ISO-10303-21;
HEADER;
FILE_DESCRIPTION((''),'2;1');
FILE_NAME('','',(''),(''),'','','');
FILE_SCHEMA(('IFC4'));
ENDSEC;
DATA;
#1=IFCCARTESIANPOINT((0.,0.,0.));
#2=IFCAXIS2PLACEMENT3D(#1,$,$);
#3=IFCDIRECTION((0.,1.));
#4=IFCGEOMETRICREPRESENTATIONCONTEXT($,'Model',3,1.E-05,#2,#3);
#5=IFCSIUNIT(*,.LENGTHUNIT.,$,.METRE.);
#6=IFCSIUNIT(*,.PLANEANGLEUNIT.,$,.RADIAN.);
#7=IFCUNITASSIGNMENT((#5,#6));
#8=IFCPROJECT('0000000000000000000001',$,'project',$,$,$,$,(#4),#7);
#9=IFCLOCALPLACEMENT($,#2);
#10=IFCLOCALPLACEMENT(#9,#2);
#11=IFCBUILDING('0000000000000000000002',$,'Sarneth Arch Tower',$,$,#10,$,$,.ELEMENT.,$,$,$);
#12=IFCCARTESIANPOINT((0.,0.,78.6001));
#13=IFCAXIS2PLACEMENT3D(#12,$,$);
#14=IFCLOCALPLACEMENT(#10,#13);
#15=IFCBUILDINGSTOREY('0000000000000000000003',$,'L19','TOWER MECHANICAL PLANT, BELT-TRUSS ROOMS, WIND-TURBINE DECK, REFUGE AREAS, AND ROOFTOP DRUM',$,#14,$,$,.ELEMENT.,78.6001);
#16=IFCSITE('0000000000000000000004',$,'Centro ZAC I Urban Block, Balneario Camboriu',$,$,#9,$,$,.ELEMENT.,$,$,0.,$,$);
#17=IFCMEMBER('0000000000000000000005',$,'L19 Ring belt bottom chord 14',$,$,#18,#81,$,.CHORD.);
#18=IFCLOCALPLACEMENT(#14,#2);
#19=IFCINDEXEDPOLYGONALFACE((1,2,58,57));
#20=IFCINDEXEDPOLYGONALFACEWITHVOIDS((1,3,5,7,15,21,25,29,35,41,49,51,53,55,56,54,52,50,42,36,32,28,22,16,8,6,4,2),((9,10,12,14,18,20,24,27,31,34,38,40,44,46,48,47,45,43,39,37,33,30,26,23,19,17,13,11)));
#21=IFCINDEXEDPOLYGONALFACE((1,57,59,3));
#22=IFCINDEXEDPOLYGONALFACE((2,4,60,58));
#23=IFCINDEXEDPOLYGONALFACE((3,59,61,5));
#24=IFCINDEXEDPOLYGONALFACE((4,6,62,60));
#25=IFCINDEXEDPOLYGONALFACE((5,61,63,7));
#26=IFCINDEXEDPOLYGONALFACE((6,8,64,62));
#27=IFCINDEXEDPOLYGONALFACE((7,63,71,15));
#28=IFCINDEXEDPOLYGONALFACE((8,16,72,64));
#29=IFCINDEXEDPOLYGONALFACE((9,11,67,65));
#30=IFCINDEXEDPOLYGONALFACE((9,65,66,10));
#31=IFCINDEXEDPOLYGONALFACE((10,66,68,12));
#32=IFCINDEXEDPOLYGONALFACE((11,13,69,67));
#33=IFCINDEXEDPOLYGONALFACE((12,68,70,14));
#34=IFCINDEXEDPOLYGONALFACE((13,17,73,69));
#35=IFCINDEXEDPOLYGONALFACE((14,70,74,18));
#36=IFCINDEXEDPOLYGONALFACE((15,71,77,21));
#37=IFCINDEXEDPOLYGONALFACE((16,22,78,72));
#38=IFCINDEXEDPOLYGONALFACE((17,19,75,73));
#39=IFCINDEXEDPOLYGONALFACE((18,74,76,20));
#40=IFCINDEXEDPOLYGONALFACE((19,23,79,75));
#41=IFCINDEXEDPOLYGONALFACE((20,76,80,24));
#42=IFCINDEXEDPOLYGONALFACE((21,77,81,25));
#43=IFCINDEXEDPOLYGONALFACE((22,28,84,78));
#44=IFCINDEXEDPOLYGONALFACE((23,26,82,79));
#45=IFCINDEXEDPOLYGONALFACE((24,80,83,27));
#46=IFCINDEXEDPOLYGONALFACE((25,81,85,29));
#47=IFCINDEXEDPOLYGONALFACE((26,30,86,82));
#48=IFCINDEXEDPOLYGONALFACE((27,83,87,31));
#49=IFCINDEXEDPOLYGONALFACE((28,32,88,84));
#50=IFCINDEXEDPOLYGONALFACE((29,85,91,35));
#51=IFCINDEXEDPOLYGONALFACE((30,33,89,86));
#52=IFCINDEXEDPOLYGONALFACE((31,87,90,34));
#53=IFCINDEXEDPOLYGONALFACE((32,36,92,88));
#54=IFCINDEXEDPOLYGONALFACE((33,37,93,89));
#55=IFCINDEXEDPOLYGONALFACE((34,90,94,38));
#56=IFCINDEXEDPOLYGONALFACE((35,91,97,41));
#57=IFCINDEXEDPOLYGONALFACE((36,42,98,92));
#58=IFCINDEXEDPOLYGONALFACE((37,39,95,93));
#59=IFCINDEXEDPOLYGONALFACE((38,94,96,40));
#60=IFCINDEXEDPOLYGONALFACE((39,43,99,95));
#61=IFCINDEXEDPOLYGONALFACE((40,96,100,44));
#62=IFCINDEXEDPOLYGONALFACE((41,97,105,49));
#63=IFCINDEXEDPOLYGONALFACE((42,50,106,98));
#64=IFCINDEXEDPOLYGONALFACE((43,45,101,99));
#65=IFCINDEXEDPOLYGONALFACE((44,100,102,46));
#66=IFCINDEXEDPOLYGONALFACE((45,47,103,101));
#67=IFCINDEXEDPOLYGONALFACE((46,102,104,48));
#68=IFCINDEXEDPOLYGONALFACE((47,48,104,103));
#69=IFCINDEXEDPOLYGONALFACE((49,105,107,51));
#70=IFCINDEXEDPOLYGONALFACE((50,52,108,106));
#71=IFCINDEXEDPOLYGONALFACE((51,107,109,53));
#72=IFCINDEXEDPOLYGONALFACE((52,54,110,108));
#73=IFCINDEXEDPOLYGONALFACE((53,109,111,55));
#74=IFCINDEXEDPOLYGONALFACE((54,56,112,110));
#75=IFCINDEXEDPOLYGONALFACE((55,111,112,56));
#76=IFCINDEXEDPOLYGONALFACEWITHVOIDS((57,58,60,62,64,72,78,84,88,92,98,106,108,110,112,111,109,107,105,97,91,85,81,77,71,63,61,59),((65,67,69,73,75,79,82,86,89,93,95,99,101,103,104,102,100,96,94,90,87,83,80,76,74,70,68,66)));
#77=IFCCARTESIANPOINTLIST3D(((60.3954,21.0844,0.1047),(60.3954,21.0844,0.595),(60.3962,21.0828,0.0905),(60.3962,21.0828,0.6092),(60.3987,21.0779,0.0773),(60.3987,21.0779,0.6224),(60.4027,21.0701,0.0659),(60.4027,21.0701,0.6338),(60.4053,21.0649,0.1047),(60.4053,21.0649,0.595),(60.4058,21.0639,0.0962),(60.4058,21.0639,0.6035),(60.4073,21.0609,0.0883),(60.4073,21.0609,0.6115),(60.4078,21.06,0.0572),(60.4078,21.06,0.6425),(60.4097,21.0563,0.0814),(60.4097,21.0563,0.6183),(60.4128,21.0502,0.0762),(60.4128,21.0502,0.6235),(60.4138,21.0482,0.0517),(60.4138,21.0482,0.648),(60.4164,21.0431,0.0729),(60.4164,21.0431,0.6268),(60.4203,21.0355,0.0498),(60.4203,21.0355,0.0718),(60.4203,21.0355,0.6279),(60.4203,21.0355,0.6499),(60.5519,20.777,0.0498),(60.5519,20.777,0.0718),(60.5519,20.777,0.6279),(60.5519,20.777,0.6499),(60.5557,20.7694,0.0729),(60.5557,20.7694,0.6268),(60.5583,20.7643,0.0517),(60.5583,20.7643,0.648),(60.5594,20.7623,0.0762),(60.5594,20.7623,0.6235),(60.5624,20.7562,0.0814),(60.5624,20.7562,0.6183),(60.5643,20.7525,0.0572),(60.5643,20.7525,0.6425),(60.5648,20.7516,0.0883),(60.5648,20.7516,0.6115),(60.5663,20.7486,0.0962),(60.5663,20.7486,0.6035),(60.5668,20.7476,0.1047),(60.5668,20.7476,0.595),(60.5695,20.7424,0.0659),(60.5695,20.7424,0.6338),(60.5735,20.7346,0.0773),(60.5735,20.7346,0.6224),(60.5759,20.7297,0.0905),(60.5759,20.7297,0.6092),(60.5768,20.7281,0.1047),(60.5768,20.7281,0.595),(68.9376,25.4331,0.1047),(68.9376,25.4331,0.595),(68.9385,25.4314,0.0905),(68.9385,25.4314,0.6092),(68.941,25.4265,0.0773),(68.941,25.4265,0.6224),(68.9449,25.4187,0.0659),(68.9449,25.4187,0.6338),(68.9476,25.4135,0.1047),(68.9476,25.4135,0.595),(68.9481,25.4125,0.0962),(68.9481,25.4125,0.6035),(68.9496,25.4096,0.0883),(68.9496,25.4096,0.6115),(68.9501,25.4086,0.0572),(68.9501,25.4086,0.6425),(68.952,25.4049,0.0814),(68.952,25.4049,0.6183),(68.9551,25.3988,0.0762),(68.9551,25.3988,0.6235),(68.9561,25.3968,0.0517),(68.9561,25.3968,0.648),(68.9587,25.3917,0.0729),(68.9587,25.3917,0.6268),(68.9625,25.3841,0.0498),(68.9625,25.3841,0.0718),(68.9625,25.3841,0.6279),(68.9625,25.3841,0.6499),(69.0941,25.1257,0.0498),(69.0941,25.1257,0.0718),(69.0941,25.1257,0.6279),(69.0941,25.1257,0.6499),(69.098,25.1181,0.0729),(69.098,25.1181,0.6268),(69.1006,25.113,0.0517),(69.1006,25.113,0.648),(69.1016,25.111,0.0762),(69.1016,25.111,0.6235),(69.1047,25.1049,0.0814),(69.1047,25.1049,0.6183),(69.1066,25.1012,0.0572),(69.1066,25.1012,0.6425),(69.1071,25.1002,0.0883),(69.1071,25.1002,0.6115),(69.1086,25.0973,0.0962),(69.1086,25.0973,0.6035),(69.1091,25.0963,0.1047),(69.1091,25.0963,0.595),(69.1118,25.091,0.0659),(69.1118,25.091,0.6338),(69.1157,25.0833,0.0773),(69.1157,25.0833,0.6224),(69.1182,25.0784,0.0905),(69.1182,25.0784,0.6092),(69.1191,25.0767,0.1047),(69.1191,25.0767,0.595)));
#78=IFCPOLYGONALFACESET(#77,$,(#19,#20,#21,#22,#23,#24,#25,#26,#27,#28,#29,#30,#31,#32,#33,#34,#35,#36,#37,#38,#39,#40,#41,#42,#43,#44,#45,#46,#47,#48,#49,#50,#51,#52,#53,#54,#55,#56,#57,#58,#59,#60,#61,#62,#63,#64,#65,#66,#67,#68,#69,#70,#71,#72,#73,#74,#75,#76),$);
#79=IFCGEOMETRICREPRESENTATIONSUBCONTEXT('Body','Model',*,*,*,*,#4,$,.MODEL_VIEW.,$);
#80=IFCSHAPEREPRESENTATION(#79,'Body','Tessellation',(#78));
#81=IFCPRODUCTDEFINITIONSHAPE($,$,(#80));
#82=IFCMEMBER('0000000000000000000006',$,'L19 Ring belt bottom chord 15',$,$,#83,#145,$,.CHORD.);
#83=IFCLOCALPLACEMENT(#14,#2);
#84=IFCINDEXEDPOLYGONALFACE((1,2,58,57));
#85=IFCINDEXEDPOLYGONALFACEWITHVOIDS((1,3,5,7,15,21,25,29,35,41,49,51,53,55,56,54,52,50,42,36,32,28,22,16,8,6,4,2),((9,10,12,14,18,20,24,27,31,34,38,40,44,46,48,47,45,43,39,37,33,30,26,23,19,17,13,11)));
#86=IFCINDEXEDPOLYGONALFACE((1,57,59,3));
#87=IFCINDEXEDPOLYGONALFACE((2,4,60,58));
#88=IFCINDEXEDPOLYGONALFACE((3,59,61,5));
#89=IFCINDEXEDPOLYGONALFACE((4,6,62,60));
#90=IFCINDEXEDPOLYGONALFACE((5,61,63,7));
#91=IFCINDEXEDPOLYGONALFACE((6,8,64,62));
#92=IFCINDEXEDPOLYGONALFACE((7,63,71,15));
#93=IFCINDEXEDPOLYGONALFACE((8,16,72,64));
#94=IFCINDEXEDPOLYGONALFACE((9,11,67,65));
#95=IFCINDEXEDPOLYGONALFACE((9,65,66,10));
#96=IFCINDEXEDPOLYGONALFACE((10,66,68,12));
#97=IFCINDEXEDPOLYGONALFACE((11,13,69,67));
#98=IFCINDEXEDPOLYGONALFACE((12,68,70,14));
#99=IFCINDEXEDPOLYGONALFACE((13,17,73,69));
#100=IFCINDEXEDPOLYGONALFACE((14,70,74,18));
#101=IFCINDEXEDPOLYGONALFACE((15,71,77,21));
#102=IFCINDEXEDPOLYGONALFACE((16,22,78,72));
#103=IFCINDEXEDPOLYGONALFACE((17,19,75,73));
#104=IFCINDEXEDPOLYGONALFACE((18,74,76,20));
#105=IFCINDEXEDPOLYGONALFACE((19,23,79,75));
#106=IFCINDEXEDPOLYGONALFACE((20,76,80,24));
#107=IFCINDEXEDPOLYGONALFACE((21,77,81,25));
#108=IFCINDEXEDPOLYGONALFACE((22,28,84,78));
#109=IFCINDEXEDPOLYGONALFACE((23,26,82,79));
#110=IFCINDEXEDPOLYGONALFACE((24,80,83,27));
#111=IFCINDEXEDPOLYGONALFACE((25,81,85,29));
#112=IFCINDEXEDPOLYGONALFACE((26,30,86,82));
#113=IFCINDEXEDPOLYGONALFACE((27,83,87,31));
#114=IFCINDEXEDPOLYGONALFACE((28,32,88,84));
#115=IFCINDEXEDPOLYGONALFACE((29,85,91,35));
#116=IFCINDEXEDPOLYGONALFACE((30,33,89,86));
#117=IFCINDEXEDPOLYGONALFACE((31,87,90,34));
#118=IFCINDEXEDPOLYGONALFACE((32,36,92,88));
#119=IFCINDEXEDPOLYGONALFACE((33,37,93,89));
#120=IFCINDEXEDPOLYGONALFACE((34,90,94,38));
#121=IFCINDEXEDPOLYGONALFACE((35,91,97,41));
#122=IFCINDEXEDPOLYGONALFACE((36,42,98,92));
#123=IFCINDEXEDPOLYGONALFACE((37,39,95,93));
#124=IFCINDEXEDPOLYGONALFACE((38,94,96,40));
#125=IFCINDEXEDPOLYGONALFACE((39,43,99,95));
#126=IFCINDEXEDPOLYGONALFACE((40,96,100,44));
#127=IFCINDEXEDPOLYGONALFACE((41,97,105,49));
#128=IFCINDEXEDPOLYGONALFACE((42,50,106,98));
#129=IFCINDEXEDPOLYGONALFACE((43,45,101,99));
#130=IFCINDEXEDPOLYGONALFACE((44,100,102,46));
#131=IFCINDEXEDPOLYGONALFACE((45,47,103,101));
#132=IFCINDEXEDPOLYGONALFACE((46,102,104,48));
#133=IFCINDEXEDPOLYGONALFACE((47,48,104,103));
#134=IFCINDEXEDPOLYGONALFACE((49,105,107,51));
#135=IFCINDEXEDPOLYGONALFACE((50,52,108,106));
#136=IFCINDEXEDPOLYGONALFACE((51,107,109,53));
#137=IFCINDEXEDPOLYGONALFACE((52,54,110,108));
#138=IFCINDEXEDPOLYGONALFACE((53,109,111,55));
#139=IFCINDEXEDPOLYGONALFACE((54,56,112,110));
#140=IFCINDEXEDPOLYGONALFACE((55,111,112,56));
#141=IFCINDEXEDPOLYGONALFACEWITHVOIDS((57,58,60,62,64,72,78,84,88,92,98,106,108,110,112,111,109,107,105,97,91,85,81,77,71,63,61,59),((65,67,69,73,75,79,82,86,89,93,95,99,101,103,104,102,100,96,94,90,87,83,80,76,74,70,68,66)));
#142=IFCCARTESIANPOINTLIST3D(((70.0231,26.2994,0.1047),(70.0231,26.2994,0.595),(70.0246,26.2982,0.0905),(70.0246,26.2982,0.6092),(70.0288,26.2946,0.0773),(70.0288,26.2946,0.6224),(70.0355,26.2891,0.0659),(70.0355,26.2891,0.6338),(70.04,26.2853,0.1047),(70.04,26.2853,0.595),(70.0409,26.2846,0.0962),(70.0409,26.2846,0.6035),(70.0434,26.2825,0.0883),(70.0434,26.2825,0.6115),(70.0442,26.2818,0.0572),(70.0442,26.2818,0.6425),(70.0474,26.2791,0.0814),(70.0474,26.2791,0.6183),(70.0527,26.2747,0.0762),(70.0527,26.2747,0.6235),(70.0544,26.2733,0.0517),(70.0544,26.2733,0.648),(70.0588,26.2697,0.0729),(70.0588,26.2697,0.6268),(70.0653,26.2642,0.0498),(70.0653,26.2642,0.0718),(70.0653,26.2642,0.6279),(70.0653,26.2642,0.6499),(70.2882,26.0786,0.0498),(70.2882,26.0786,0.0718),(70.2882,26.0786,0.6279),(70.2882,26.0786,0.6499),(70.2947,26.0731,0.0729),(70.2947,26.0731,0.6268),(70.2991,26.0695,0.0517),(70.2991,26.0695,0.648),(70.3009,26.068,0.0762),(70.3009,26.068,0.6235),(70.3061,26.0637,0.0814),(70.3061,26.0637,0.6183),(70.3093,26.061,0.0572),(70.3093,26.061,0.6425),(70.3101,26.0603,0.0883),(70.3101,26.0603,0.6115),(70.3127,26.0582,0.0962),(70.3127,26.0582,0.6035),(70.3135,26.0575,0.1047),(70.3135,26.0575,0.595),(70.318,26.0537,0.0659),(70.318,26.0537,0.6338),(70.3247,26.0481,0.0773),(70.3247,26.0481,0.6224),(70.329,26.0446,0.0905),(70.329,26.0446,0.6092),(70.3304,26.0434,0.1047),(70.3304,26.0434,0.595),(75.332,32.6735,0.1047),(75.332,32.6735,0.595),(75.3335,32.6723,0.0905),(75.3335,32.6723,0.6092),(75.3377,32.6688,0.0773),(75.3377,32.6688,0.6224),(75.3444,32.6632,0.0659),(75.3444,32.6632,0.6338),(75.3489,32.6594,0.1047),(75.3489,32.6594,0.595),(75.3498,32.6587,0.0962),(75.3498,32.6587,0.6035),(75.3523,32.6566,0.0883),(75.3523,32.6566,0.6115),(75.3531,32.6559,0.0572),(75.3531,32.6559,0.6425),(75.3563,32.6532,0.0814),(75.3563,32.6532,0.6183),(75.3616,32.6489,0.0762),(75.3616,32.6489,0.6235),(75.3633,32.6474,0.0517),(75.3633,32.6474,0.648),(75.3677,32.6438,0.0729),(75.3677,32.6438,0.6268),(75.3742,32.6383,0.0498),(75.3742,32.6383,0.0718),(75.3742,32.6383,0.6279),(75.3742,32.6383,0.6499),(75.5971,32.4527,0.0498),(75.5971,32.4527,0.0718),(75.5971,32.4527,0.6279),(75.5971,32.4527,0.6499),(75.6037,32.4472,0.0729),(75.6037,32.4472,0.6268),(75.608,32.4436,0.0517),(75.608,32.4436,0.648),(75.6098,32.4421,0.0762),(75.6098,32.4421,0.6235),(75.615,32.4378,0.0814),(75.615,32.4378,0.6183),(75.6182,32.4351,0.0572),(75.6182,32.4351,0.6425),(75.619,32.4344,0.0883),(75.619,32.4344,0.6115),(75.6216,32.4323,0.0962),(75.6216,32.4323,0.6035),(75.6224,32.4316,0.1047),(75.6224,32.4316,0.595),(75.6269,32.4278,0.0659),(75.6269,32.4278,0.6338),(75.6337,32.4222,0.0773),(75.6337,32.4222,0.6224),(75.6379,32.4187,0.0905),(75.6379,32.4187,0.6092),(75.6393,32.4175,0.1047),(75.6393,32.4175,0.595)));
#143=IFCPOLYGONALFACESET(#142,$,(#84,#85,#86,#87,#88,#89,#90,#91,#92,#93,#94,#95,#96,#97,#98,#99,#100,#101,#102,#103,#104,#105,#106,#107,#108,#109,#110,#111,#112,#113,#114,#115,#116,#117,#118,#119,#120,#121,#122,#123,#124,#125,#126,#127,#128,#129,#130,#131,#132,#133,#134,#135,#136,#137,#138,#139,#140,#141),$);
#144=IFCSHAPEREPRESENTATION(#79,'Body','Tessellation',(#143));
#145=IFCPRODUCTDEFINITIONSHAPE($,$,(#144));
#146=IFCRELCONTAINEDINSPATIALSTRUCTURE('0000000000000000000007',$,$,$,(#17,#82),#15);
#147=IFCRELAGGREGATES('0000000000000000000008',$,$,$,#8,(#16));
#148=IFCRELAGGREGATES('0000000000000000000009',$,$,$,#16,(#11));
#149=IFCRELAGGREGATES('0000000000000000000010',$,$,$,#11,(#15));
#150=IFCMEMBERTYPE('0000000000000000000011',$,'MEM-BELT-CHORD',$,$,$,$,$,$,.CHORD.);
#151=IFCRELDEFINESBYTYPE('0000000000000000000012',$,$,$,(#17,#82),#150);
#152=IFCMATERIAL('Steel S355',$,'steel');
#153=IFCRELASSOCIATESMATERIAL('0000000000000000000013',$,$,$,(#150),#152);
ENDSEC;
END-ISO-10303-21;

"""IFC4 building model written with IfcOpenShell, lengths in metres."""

from ifc_helpers import new_model, si_unit, direction, frame, origin, origin_2d, place, context, subcontext, project, spatial, hollow_rectangle, extrude, material, material_profile, profile_set, type_object, element, save


model = new_model("IFC4")

# Units and contexts
model_context = context("Model", 3, precision=1e-05, world=origin(), true_north=direction((0.0, 1.0)))
body_context = subcontext(model_context, "Body", "Model", "MODEL_VIEW")
ifc_project = project(units=[si_unit("LENGTHUNIT", "METRE"), si_unit("PLANEANGLEUNIT", "RADIAN")], contexts=[model_context])

# Site, building, storey
site_placement = place(None, origin())
site = spatial("IfcSite", under=ifc_project, at=site_placement, Name="Centro ZAC I Urban Block, Balneario Camboriu", CompositionType="ELEMENT", RefElevation=0.0)
building_placement = place(site_placement, origin())
building = spatial("IfcBuilding", under=site, at=building_placement, Name="Sarneth Arch Tower", CompositionType="ELEMENT")
storey_placement = place(building_placement, frame((0.0, 0.0, 78.6001)))
storey = spatial("IfcBuildingStorey", under=building, at=storey_placement, Name="L19", Description="TOWER MECHANICAL PLANT, BELT-TRUSS ROOMS, WIND-TURBINE DECK, REFUGE AREAS, AND ROOFTOP DRUM", CompositionType="ELEMENT", Elevation=78.6001)

# Members
ifc_material_1 = material(Name="Steel S355", Category="steel")
ifc_material_profile_1 = material_profile(ifc_material_1, hollow_rectangle(XDim=0.3999, YDim=0.6001, WallThickness=0.022, InnerFilletRadius=0.033, OuterFilletRadius=0.0549, at=origin_2d()), Name="RHS600x400x22")
ifc_profile_set_1 = profile_set([ifc_material_profile_1], Name="Steel S355")
member_type_1 = type_object("IfcMemberType", Name="MEM-BELT-CHORD", PredefinedType="CHORD", material=ifc_profile_set_1)
member_1_placement = place(storey_placement, frame((60.4861, 20.9062, 0.3499), z_axis=(0.891169, 0.453671, 0.0), x_axis=(-0.453671, 0.891169, 0.0)))
element("IfcMember", 1, at=member_1_placement, inside=storey, type_object=member_type_1, Name="L19 Ring belt bottom chord 14", PredefinedType="CHORD", context=body_context, shape_type="SweptSolid", body=[
    extrude(hollow_rectangle(XDim=0.3999, YDim=0.6001, WallThickness=0.022, InnerFilletRadius=0.033, OuterFilletRadius=0.0549, at=origin_2d()), origin(), (0.0, 0.0, 1.0), 9.5854),
])
member_2_placement = place(storey_placement, frame((70.1768, 26.1714, 0.3499), z_axis=(0.639982, 0.76839, 0.0), x_axis=(-0.76839, 0.639982, 0.0)))
element("IfcMember", 2, at=member_2_placement, inside=storey, type_object=member_type_1, Name="L19 Ring belt bottom chord 15", PredefinedType="CHORD", context=body_context, shape_type="SweptSolid", body=[
    extrude(hollow_rectangle(XDim=0.3999, YDim=0.6001, WallThickness=0.022, InnerFilletRadius=0.033, OuterFilletRadius=0.0549, at=origin_2d()), origin(), (0.0, 0.0, 1.0), 8.2954),
])

save(model, "model.ifc")
